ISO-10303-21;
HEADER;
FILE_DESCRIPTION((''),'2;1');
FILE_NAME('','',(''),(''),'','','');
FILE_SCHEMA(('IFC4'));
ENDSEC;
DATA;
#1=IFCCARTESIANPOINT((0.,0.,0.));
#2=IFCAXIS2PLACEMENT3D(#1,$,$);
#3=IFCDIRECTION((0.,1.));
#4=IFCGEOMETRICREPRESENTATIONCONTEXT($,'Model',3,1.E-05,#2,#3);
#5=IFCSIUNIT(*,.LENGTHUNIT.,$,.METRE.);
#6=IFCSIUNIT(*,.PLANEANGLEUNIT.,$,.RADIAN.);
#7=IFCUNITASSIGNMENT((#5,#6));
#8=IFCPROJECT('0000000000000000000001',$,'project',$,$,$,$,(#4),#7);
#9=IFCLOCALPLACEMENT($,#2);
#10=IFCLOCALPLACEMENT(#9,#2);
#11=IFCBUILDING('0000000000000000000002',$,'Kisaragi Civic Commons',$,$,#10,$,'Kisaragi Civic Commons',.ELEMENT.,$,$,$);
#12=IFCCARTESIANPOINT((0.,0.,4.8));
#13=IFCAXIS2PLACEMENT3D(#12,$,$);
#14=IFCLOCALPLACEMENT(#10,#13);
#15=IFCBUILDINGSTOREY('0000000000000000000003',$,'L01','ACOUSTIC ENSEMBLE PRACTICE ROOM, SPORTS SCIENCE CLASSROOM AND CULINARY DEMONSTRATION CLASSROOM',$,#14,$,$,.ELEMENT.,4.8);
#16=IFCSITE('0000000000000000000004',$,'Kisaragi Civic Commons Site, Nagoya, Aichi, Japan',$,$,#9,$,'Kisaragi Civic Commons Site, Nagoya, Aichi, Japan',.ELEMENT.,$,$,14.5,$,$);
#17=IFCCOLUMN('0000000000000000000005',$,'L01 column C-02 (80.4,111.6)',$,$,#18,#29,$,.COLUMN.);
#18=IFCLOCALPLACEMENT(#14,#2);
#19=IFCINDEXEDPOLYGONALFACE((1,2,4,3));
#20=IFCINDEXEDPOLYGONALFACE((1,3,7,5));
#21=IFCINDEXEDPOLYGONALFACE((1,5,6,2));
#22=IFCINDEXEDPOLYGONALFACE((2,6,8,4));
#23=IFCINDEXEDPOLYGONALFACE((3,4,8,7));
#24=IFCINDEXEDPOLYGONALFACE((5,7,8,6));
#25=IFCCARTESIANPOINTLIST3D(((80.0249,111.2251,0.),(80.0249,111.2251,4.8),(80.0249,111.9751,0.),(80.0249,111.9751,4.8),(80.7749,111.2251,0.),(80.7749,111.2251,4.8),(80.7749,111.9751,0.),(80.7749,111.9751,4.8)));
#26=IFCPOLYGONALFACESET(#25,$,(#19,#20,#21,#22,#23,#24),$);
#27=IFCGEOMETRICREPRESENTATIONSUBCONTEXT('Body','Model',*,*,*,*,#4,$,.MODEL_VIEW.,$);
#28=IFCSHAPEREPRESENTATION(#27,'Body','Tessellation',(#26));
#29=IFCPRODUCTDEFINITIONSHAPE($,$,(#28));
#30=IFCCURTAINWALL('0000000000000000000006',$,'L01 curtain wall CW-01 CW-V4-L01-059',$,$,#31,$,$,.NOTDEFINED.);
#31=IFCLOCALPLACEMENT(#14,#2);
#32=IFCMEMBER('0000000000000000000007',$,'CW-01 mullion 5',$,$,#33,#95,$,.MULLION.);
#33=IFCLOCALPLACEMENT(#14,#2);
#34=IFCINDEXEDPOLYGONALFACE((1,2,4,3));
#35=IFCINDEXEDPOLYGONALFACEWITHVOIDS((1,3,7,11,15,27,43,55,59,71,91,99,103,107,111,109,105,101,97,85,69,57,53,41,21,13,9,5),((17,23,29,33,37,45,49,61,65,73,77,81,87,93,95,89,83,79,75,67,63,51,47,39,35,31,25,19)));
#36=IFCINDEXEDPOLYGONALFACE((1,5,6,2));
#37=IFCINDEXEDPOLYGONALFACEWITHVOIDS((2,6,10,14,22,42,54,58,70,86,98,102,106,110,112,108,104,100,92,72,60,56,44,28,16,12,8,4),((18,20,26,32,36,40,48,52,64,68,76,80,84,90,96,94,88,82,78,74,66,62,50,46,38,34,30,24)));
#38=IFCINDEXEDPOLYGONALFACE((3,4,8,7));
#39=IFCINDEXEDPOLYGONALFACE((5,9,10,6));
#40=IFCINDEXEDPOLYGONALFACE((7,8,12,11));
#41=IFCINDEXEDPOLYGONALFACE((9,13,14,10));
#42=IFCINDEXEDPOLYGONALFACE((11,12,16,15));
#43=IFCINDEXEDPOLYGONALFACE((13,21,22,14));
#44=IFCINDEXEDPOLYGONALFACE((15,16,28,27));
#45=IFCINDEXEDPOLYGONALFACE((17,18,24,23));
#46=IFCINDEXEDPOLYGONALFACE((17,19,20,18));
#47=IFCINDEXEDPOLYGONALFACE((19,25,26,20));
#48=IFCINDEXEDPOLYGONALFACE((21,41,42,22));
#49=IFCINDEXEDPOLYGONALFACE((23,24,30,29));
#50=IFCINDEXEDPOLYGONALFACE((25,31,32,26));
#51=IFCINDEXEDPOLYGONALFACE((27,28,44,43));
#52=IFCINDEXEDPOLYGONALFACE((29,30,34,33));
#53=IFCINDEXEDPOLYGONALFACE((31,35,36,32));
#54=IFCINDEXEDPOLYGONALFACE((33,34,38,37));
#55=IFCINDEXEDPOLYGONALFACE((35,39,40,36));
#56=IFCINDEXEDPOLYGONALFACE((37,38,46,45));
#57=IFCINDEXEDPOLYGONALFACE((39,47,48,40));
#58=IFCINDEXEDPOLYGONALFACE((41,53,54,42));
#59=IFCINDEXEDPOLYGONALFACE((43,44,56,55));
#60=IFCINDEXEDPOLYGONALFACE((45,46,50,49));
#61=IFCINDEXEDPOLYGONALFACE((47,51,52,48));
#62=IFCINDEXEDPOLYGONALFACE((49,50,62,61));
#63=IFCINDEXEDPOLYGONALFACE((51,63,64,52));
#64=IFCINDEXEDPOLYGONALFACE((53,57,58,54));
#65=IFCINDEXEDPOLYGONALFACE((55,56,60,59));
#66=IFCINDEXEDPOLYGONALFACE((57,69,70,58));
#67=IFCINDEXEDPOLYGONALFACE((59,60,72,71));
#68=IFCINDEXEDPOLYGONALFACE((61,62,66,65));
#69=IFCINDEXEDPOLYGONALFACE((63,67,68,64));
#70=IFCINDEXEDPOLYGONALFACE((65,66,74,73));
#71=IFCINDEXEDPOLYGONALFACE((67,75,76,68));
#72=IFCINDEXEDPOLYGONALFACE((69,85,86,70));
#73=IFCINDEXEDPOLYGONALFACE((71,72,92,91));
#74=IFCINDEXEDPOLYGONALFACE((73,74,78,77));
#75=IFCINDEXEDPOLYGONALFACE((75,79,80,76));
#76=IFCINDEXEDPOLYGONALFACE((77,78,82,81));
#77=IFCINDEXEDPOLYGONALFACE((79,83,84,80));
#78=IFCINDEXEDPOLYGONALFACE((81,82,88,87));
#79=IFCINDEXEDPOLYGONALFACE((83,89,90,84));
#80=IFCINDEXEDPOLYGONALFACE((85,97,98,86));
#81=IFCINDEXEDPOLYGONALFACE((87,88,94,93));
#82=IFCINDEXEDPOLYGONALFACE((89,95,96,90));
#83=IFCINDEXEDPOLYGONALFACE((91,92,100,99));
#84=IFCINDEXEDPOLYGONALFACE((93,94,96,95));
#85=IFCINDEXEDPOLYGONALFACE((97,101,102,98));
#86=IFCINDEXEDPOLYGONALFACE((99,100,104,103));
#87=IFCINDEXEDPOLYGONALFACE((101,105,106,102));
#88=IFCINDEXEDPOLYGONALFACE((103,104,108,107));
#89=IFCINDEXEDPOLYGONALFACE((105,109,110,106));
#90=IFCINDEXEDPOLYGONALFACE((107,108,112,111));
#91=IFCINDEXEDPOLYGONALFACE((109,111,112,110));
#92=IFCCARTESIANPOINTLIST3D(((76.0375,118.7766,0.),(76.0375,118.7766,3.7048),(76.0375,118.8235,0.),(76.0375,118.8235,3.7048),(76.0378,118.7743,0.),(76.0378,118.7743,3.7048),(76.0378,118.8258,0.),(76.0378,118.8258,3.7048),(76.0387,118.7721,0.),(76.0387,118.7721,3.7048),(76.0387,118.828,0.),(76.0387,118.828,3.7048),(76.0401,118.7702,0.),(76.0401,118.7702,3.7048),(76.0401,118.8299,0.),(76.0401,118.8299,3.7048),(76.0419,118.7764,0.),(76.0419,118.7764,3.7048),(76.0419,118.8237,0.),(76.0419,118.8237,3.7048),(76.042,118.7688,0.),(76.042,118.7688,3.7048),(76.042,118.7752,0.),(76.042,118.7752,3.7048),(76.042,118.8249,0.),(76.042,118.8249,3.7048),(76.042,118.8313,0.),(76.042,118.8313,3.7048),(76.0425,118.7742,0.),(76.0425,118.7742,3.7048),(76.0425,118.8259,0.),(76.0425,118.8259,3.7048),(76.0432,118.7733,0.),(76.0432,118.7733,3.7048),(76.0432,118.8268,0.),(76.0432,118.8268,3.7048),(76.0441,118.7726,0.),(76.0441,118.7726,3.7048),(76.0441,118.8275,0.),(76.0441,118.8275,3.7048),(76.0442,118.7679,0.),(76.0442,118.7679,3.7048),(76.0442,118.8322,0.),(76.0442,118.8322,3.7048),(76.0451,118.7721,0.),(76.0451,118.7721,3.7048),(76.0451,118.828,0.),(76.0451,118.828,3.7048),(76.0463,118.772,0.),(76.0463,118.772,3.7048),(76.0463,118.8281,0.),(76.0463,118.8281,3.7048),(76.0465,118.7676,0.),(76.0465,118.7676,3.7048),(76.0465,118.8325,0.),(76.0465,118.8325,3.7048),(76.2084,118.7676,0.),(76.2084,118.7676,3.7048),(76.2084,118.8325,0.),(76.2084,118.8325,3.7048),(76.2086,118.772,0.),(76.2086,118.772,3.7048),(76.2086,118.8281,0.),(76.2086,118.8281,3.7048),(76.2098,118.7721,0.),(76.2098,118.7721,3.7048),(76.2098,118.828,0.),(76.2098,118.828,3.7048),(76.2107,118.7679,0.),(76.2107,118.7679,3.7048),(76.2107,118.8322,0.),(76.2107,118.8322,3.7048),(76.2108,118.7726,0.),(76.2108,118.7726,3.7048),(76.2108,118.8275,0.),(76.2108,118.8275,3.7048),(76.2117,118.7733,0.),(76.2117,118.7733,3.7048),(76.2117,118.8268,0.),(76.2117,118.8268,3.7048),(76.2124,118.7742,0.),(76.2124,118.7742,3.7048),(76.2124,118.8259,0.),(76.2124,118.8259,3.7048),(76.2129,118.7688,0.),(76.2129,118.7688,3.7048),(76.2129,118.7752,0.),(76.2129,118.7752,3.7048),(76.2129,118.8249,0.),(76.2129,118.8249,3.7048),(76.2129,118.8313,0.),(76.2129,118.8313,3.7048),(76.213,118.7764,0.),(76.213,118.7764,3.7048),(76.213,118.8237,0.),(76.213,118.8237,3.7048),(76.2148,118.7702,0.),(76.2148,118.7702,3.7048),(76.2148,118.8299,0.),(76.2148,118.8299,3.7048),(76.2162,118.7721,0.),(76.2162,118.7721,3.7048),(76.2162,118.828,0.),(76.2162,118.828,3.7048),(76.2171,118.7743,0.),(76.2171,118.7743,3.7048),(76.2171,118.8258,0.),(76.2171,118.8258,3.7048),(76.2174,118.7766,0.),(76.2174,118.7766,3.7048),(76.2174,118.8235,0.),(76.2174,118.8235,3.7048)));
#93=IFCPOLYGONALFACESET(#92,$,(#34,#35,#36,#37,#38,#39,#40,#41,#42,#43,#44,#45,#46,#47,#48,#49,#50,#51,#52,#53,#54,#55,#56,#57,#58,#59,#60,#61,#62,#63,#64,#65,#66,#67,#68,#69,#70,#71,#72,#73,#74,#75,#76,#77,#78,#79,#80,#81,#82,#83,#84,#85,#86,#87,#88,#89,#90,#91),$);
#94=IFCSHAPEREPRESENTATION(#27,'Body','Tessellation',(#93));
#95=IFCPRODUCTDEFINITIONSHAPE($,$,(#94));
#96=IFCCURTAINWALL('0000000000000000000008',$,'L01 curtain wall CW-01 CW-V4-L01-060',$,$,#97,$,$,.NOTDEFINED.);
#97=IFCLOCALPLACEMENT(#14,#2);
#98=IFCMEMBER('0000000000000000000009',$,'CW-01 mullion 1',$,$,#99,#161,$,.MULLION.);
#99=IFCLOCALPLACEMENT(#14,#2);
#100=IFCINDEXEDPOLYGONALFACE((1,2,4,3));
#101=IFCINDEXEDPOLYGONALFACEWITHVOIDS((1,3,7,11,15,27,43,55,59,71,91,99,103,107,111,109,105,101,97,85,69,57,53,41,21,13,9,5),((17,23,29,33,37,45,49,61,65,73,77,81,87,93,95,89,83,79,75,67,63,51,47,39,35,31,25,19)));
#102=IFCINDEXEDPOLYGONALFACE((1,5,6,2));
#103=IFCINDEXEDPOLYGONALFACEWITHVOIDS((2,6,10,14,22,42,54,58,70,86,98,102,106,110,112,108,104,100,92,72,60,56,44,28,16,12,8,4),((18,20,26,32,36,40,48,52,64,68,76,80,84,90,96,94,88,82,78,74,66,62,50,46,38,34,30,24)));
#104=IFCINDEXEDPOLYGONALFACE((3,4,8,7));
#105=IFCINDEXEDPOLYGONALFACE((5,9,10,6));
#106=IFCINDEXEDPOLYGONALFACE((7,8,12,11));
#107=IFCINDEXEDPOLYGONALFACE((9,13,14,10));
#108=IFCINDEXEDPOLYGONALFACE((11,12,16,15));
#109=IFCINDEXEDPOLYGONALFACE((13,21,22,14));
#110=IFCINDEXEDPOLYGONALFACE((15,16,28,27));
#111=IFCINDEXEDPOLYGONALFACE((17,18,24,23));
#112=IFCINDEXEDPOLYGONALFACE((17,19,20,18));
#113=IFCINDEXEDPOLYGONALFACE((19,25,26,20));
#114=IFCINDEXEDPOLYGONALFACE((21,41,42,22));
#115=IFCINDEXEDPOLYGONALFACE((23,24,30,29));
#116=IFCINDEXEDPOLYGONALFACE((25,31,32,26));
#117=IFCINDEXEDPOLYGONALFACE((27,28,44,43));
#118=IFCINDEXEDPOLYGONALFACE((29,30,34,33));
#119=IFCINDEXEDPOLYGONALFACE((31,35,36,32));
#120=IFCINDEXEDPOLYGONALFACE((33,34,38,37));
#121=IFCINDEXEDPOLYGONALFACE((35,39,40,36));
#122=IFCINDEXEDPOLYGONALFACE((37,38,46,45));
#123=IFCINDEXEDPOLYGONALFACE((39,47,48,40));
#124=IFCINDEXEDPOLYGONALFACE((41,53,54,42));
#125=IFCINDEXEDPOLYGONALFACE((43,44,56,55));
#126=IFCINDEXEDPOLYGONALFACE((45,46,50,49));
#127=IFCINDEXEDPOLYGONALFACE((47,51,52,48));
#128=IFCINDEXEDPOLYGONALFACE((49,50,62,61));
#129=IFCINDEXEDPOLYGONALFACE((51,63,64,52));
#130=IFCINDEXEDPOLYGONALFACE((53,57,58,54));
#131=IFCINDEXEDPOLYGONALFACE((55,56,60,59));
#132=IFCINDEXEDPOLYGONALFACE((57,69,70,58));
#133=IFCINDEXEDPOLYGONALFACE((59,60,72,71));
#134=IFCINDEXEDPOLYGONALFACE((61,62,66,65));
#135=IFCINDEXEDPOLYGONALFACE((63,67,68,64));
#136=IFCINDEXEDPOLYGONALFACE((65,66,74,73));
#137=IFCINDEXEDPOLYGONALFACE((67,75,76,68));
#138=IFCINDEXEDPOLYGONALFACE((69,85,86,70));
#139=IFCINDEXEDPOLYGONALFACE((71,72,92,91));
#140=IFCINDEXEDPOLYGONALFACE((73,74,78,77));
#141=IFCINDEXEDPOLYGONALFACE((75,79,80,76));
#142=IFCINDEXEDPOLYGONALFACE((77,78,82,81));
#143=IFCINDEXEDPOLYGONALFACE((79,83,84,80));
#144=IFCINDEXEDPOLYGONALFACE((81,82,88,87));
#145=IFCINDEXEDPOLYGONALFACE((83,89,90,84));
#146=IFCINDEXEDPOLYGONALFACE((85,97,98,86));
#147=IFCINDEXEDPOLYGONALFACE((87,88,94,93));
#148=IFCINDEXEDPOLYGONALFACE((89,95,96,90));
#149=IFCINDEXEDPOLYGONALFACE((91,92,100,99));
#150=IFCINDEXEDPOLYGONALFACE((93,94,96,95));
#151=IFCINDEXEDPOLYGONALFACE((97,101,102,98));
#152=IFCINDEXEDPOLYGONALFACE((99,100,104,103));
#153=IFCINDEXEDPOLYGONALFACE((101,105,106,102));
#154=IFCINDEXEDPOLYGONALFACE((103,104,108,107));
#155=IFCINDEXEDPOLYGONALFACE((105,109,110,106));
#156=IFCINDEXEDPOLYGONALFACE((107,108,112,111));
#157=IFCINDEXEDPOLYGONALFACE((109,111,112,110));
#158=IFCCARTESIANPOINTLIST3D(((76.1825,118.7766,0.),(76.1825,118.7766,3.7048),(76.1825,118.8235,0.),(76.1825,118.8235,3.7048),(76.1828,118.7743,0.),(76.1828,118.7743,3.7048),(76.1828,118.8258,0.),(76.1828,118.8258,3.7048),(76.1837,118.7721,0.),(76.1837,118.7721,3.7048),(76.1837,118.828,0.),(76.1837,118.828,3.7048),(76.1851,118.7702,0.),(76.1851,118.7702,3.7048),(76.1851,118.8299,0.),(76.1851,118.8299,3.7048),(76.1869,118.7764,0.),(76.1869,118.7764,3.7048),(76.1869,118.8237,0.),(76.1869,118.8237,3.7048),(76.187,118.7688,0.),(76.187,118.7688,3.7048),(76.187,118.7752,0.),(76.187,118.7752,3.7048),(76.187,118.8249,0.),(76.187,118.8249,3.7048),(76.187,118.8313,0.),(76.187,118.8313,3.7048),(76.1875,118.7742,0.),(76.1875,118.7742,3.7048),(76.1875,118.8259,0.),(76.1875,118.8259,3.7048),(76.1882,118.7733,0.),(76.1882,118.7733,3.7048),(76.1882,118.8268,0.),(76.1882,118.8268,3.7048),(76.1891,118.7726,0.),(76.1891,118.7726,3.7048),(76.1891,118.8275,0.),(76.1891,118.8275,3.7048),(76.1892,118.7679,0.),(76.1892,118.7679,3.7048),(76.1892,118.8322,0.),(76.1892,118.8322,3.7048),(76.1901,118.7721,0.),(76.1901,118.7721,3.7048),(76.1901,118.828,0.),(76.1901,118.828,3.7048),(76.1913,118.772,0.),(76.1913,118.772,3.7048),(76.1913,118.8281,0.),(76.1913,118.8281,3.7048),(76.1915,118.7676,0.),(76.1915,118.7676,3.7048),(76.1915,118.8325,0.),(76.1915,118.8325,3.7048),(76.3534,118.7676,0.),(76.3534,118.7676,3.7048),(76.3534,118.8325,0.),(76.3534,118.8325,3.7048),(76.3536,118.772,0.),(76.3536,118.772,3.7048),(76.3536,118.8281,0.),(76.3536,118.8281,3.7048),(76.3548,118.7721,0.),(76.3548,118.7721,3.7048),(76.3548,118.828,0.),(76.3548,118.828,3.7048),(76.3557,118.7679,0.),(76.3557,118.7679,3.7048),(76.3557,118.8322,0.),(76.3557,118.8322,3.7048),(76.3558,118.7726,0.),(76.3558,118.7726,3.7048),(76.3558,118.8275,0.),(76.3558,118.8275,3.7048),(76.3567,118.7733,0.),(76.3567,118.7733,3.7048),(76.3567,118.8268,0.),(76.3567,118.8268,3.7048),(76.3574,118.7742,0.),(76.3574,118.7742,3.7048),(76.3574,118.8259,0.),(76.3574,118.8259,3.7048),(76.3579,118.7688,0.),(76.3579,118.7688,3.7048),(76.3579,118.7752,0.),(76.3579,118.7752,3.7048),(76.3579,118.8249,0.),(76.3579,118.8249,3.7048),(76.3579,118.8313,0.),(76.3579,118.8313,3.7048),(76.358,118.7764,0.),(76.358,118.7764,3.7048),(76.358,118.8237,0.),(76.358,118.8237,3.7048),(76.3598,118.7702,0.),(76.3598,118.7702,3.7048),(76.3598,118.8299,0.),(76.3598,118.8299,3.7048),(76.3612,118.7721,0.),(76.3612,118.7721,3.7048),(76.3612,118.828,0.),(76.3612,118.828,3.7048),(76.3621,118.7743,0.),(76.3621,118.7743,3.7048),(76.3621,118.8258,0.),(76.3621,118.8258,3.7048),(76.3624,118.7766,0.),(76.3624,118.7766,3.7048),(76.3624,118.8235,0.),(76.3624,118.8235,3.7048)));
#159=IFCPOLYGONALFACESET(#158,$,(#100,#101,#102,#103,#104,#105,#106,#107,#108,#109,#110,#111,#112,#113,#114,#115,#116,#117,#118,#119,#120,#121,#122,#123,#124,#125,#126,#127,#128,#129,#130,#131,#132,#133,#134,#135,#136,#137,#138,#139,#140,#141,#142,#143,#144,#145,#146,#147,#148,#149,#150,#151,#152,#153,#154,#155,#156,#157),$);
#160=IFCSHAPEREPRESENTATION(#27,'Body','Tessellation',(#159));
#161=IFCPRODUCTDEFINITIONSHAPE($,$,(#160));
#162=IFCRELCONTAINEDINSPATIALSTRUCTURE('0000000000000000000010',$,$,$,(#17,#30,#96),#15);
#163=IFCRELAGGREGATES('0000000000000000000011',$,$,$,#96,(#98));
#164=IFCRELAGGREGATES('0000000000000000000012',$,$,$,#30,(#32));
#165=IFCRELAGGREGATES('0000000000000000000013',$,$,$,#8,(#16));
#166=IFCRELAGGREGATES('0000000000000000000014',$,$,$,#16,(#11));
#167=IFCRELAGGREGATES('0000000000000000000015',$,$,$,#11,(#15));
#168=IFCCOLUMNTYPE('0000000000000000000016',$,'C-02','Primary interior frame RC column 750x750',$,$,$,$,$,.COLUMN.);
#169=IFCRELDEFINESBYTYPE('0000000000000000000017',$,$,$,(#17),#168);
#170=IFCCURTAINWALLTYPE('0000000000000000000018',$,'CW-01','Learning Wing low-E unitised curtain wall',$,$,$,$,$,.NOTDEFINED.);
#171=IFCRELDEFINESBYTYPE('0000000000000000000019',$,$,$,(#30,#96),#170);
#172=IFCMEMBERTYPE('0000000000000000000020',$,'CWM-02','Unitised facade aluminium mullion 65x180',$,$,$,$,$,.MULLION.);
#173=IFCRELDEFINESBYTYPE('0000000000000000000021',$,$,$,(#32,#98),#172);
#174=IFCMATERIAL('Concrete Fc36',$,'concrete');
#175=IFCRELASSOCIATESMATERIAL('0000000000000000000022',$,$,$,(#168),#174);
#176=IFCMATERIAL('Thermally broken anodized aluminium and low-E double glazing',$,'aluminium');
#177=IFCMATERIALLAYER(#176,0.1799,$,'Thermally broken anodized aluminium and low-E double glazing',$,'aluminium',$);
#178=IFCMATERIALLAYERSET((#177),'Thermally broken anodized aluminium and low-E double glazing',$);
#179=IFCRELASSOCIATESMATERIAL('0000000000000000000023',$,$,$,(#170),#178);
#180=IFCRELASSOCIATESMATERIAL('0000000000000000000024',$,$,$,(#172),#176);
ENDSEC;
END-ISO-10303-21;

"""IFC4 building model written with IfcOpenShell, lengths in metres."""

from ifc_helpers import new_model, si_unit, direction, frame, origin, origin_2d, place, context, subcontext, project, spatial, rectangle, hollow_rectangle, extrude, material, layer, layer_set, material_profile, profile_set, type_object, element, aggregate, save


model = new_model("IFC4")

# Units and contexts
model_context = context("Model", 3, precision=1e-05, world=origin(), true_north=direction((0.0, 1.0)))
body_context = subcontext(model_context, "Body", "Model", "MODEL_VIEW")
ifc_project = project(units=[si_unit("LENGTHUNIT", "METRE"), si_unit("PLANEANGLEUNIT", "RADIAN")], contexts=[model_context])

# Site, building, storey
site_placement = place(None, origin())
site = spatial("IfcSite", under=ifc_project, at=site_placement, Name="Kisaragi Civic Commons Site, Nagoya, Aichi, Japan", LongName="Kisaragi Civic Commons Site, Nagoya, Aichi, Japan", CompositionType="ELEMENT", RefElevation=14.5)
building_placement = place(site_placement, origin())
building = spatial("IfcBuilding", under=site, at=building_placement, Name="Kisaragi Civic Commons", LongName="Kisaragi Civic Commons", CompositionType="ELEMENT")
storey_placement = place(building_placement, frame((0.0, 0.0, 4.8)))
storey = spatial("IfcBuildingStorey", under=building, at=storey_placement, Name="L01", Description="ACOUSTIC ENSEMBLE PRACTICE ROOM, SPORTS SCIENCE CLASSROOM AND CULINARY DEMONSTRATION CLASSROOM", CompositionType="ELEMENT", Elevation=4.8)

# Column
ifc_material_1 = material(Name="Concrete Fc36", Category="concrete")
ifc_material_profile_1 = material_profile(ifc_material_1, rectangle(XDim=0.75, YDim=0.75, at=origin_2d()), Name="RC-750x750", Category="concrete")
ifc_profile_set_1 = profile_set([ifc_material_profile_1], Name="Concrete Fc36")
column_type = type_object("IfcColumnType", Name="C-02", Description="Primary interior frame RC column 750x750", PredefinedType="COLUMN", material=ifc_profile_set_1)
column_placement = place(storey_placement, frame((80.3999, 111.6001, 0.0), z_axis=(0.0, 0.0, 1.0), x_axis=(1.0, 0.0, 0.0)))
element("IfcColumn", 1, at=column_placement, inside=storey, type_object=column_type, Name="L01 column C-02 (80.4,111.6)", PredefinedType="COLUMN", context=body_context, shape_type="SweptSolid", body=[
    extrude(rectangle(XDim=0.75, YDim=0.75, at=origin_2d()), origin(), (0.0, 0.0, 1.0), 4.8),
])

# Curtain wall, member
ifc_material_2 = material(Name="Thermally broken anodized aluminium and low-E double glazing", Category="aluminium")
ifc_layer_1 = layer(ifc_material_2, 0.1799, Name="Thermally broken anodized aluminium and low-E double glazing", Category="aluminium")
ifc_layer_set_1 = layer_set([ifc_layer_1], Name="Thermally broken anodized aluminium and low-E double glazing")
curtain_wall_type = type_object("IfcCurtainWallType", Name="CW-01", Description="Learning Wing low-E unitised curtain wall", PredefinedType="NOTDEFINED", material=ifc_layer_set_1)
curtain_wall_1_placement = place(storey_placement, origin())
curtain_wall_1 = element("IfcCurtainWall", 2, at=curtain_wall_1_placement, inside=storey, type_object=curtain_wall_type, Name="L01 curtain wall CW-01 CW-V4-L01-059", PredefinedType="NOTDEFINED")
ifc_material_profile_2 = material_profile(ifc_material_2, hollow_rectangle(XDim=0.0649, YDim=0.1799, WallThickness=0.0044, InnerFilletRadius=0.0044, OuterFilletRadius=0.009, at=origin_2d()), Name="CWM-65x180x4.5", Category="aluminium")
ifc_profile_set_2 = profile_set([ifc_material_profile_2], Name="Thermally broken anodized aluminium and low-E double glazing")
member_type_1 = type_object("IfcMemberType", Name="CWM-02", Description="Unitised facade aluminium mullion 65x180", PredefinedType="MULLION", material=ifc_profile_set_2)
member_1_placement = place(storey_placement, frame((76.1274, 118.8, 0.0), z_axis=(0.0, 0.0, 1.0), x_axis=(0.0, 1.0, 0.0)))
member_1 = element("IfcMember", 3, at=member_1_placement, type_object=member_type_1, Name="CW-01 mullion 5", PredefinedType="MULLION", context=body_context, shape_type="SweptSolid", body=[
    extrude(hollow_rectangle(XDim=0.0649, YDim=0.1799, WallThickness=0.0044, InnerFilletRadius=0.0044, OuterFilletRadius=0.009, at=origin_2d()), origin(), (0.0, 0.0, 1.0), 3.7048),
])

# Curtain wall, member
curtain_wall_2_placement = place(storey_placement, origin())
curtain_wall_2 = element("IfcCurtainWall", 4, at=curtain_wall_2_placement, inside=storey, type_object=curtain_wall_type, Name="L01 curtain wall CW-01 CW-V4-L01-060", PredefinedType="NOTDEFINED")
member_2_placement = place(storey_placement, frame((76.2725, 118.8, 0.0), z_axis=(0.0, 0.0, 1.0), x_axis=(0.0, 1.0, 0.0)))
member_2 = element("IfcMember", 5, at=member_2_placement, type_object=member_type_1, Name="CW-01 mullion 1", PredefinedType="MULLION", context=body_context, shape_type="SweptSolid", body=[
    extrude(hollow_rectangle(XDim=0.0649, YDim=0.1799, WallThickness=0.0044, InnerFilletRadius=0.0044, OuterFilletRadius=0.009, at=origin_2d()), origin(), (0.0, 0.0, 1.0), 3.7048),
])

aggregate(curtain_wall_2, [member_2])
aggregate(curtain_wall_1, [member_1])

save(model, "model.ifc")
